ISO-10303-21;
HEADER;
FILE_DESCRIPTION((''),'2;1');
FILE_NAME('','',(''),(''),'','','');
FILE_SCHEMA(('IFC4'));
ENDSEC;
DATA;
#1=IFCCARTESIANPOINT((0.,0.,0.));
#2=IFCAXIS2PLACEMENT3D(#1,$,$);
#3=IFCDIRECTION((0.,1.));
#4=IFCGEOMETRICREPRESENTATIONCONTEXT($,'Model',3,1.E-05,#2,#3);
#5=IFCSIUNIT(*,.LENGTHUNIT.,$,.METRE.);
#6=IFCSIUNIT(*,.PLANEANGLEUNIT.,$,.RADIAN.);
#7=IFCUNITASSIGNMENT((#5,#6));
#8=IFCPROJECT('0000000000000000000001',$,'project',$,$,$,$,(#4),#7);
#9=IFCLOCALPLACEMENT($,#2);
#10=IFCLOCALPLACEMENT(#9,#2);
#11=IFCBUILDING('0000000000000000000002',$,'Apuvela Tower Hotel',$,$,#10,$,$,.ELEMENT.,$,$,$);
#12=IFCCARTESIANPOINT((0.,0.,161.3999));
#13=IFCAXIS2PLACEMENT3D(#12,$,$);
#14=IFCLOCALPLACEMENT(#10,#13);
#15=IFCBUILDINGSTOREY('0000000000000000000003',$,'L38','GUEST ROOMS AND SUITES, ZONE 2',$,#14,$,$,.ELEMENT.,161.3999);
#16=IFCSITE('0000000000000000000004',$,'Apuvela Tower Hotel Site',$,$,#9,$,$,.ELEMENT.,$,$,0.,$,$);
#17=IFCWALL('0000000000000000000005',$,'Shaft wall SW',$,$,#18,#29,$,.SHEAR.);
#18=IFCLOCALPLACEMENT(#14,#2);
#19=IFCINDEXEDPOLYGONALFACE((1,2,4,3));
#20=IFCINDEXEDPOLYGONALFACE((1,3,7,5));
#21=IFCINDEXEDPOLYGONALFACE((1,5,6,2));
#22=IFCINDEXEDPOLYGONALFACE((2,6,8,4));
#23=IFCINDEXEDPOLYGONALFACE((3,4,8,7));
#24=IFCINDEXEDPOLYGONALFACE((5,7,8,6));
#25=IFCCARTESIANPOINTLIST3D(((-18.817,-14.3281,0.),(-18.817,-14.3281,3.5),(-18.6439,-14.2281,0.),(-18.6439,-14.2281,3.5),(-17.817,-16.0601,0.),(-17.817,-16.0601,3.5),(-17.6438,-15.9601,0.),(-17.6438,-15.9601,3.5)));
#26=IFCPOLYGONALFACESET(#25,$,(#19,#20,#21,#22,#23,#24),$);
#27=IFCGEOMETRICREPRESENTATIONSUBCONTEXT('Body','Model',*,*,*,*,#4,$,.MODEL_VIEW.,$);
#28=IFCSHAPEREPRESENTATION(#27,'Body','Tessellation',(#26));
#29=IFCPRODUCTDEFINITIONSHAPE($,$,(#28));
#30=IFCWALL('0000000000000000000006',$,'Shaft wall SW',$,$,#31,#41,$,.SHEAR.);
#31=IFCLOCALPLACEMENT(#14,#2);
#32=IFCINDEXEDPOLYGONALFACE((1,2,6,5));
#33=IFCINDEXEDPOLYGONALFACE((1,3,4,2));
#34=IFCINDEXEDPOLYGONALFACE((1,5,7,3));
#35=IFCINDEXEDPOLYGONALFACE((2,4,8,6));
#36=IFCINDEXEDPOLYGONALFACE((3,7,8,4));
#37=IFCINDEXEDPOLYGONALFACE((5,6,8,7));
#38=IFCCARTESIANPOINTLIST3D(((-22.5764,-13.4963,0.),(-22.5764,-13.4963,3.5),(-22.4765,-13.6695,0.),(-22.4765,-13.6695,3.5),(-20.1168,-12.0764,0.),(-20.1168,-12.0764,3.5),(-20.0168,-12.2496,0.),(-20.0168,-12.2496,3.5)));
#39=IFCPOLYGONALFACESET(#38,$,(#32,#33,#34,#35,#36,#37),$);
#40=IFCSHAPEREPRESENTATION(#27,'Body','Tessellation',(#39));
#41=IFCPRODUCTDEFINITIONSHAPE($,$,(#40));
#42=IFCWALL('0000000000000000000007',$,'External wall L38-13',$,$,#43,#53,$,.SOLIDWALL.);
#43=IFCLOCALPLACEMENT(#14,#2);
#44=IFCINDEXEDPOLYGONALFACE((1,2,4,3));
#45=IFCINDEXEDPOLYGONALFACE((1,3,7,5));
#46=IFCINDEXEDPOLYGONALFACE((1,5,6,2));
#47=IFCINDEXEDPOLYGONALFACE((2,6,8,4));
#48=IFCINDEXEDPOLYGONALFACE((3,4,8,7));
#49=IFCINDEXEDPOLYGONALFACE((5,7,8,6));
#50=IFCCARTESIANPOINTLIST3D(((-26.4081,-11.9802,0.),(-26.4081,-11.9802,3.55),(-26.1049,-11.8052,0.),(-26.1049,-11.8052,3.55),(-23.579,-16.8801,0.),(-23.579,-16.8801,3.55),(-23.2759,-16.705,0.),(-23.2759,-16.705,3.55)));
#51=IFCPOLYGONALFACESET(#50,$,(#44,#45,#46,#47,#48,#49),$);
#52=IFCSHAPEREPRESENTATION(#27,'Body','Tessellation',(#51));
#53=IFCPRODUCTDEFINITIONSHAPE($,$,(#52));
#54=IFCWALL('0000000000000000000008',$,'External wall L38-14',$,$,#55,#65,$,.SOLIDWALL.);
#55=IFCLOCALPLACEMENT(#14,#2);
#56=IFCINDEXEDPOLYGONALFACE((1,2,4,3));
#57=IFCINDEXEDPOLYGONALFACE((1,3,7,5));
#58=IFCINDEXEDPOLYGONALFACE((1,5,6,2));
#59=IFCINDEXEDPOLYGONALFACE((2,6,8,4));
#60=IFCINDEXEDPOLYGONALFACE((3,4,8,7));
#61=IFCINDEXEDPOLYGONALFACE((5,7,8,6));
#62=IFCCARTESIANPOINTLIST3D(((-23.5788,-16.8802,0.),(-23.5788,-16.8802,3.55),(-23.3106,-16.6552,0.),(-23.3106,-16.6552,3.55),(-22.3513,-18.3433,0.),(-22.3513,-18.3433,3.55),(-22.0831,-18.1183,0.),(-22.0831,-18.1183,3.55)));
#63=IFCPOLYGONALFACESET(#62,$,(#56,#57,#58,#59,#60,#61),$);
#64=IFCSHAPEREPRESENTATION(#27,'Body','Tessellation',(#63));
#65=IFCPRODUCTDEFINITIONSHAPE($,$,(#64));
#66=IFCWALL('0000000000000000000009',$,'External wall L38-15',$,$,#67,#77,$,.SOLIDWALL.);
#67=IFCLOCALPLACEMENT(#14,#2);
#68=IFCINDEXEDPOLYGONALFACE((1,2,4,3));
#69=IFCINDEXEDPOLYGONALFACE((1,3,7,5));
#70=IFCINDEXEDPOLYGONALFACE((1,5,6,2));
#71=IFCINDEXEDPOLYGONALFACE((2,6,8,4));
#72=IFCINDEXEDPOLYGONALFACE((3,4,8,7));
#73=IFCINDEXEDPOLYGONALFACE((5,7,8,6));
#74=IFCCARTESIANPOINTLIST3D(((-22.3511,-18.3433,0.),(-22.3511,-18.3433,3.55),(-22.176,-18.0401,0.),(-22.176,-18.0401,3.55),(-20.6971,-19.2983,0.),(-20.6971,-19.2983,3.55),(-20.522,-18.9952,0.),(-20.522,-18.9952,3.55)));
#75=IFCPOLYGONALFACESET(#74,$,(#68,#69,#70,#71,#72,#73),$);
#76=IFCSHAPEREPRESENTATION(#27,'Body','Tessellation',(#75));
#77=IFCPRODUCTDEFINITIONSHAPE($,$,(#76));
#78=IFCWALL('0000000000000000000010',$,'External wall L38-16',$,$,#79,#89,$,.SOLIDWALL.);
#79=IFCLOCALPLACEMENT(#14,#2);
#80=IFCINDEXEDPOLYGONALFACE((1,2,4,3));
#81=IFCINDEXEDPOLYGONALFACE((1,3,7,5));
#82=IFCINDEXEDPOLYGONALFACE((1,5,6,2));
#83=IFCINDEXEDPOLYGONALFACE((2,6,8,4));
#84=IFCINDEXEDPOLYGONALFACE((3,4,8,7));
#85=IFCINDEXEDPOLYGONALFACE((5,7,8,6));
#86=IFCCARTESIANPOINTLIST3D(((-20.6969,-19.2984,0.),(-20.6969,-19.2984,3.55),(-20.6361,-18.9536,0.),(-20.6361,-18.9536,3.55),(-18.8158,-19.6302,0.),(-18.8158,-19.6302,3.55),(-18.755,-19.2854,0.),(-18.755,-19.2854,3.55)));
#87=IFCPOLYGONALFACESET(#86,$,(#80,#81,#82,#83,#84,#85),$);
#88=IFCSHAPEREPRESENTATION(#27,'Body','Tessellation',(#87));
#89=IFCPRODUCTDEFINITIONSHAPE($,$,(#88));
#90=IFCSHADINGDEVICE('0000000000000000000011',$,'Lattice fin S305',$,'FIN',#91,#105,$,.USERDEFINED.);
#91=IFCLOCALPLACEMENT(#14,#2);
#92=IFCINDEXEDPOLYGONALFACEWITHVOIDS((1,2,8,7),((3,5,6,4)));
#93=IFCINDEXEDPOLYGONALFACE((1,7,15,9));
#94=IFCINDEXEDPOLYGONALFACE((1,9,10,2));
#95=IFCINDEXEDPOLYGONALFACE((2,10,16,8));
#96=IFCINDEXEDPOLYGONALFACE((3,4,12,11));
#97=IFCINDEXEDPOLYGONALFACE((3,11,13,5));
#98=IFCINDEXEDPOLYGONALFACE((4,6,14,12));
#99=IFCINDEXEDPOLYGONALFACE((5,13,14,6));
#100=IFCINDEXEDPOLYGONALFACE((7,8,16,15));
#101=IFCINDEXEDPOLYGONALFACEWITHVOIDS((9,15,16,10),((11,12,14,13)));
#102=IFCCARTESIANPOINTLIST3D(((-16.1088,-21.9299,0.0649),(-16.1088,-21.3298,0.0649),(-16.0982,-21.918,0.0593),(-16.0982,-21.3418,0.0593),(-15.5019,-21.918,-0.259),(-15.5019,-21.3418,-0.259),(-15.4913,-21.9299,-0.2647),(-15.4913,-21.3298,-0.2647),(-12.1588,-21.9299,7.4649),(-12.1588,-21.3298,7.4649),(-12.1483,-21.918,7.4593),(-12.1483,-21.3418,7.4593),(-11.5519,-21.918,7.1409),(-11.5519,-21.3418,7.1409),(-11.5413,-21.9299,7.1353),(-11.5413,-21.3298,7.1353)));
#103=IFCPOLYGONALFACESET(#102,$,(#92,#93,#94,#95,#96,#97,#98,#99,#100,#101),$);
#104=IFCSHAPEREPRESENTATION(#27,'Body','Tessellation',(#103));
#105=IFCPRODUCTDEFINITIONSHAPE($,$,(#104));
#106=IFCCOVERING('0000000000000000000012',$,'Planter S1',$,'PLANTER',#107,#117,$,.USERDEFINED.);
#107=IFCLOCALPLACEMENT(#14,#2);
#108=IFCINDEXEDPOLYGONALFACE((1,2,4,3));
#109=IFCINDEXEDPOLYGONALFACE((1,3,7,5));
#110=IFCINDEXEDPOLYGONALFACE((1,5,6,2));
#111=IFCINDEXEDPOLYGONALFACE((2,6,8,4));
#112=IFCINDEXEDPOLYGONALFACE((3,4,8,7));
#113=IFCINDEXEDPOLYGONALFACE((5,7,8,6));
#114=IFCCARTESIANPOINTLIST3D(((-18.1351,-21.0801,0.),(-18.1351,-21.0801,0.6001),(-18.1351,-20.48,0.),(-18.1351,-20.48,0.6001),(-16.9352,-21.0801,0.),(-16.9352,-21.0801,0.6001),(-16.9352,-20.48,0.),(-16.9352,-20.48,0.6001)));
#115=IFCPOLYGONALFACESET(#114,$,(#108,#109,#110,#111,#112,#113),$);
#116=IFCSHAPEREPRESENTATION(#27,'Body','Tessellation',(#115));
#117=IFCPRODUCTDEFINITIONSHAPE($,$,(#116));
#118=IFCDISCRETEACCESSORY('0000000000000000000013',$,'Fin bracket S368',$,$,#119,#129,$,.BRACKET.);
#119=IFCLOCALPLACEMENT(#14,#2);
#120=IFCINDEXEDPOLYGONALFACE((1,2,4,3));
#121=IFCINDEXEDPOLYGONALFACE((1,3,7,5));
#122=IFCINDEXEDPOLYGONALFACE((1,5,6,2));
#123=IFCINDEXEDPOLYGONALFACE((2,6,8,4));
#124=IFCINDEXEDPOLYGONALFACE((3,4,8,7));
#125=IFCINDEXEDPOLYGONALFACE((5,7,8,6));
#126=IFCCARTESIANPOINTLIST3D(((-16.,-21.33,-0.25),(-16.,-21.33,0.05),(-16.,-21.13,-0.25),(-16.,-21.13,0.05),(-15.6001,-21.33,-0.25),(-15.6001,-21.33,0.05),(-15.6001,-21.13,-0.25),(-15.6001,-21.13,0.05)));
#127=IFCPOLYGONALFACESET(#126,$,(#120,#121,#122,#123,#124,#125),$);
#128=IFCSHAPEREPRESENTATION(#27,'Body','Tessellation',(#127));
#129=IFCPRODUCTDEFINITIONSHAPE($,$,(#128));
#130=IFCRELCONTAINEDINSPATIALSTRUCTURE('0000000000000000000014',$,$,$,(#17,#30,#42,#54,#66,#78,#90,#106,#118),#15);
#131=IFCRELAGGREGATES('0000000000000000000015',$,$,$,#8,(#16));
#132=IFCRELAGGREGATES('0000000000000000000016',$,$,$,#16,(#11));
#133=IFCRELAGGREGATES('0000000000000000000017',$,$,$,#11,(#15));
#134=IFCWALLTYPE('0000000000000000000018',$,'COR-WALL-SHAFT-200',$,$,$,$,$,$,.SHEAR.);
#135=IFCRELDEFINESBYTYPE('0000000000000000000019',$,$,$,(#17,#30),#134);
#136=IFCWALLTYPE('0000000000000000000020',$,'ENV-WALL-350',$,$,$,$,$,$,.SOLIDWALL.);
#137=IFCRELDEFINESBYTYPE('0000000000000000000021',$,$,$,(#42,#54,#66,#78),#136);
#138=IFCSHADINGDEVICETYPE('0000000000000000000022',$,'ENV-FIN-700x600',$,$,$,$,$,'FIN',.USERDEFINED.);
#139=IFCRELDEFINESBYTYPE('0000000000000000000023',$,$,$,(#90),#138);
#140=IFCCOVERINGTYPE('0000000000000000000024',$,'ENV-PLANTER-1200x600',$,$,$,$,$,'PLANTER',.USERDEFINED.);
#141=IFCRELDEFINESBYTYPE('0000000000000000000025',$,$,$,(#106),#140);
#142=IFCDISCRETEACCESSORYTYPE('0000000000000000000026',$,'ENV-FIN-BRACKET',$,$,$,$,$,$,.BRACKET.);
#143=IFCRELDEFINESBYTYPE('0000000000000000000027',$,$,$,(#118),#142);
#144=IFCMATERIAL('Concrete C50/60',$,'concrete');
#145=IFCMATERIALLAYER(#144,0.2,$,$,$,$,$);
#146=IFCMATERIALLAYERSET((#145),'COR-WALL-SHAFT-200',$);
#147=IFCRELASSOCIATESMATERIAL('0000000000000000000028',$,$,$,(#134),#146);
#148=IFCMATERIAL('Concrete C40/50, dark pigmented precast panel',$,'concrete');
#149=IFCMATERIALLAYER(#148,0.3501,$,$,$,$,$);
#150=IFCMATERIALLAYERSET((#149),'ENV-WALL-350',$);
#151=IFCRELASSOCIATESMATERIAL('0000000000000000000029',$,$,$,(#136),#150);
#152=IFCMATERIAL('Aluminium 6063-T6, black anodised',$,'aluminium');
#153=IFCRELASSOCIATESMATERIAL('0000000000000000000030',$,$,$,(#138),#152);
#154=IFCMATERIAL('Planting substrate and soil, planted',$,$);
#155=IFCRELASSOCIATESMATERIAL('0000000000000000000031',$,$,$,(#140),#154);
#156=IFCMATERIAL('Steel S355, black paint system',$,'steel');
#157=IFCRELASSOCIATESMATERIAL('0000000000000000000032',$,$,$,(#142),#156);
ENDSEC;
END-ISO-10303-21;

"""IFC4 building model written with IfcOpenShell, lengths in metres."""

from ifc_helpers import new_model, si_unit, direction, frame, frame_2d, origin, origin_2d, place, context, subcontext, project, spatial, rectangle, hollow_rectangle, extrude, material, layer, layer_set, material_profile, profile_set, type_object, element, save


model = new_model("IFC4")

# Units and contexts
model_context = context("Model", 3, precision=1e-05, world=origin(), true_north=direction((0.0, 1.0)))
body_context = subcontext(model_context, "Body", "Model", "MODEL_VIEW")
ifc_project = project(units=[si_unit("LENGTHUNIT", "METRE"), si_unit("PLANEANGLEUNIT", "RADIAN")], contexts=[model_context])

# Site, building, storey
site_placement = place(None, origin())
site = spatial("IfcSite", under=ifc_project, at=site_placement, Name="Apuvela Tower Hotel Site", CompositionType="ELEMENT", RefElevation=0.0)
building_placement = place(site_placement, origin())
building = spatial("IfcBuilding", under=site, at=building_placement, Name="Apuvela Tower Hotel", CompositionType="ELEMENT")
storey_placement = place(building_placement, frame((0.0, 0.0, 161.3999)))
storey = spatial("IfcBuildingStorey", under=building, at=storey_placement, Name="L38", Description="GUEST ROOMS AND SUITES, ZONE 2", CompositionType="ELEMENT", Elevation=161.3999)

# Shared definitions
ifc_material_1 = material(Name="Concrete C50/60", Category="concrete")
ifc_layer_1 = layer(ifc_material_1, 0.2)
ifc_layer_set_1 = layer_set([ifc_layer_1], Name="COR-WALL-SHAFT-200")
wall_type_1 = type_object("IfcWallType", Name="COR-WALL-SHAFT-200", PredefinedType="SHEAR", material=ifc_layer_set_1)

# Walls
for number, where, z_axis, x_axis, name in (
    (1, (-18.7305, -14.2781, 0.0), (0.0, 0.0, 1.0), (0.500025, -0.866011, 0.0), "Shaft wall SW"),
):
    element("IfcWall", number, at=place(storey_placement, frame(where, z_axis=z_axis, x_axis=x_axis)), inside=storey, type_object=wall_type_1, Name=name, PredefinedType="SHEAR", context=body_context, shape_type="SweptSolid", body=[
        extrude(rectangle(XDim=2.0, YDim=0.2, at=frame_2d((1.0, 0.0))), origin(), (0.0, 0.0, 1.0), 3.5),
    ])
wall_1_placement = place(storey_placement, frame((-20.0669, -12.1631, 0.0), z_axis=(0.0, 0.0, 1.0), x_axis=(-0.866055, -0.499948, 0.0)))
element("IfcWall", 2, at=wall_1_placement, inside=storey, type_object=wall_type_1, Name="Shaft wall SW", PredefinedType="SHEAR", context=body_context, shape_type="SweptSolid", body=[
    extrude(rectangle(XDim=2.8401, YDim=0.2, at=frame_2d((1.4199, 0.0))), origin(), (0.0, 0.0, 1.0), 3.5),
])
ifc_material_2 = material(Name="Concrete C40/50, dark pigmented precast panel", Category="concrete")
ifc_layer_2 = layer(ifc_material_2, 0.3501)
ifc_layer_set_2 = layer_set([ifc_layer_2], Name="ENV-WALL-350")
wall_type_2 = type_object("IfcWallType", Name="ENV-WALL-350", PredefinedType="SOLIDWALL", material=ifc_layer_set_2)
wall_2_placement = place(storey_placement, frame((-26.2566, -11.8926, 0.0), z_axis=(0.0, 0.0, 1.0), x_axis=(0.500019, -0.866015, 0.0)))
element("IfcWall", 3, at=wall_2_placement, inside=storey, type_object=wall_type_2, Name="External wall L38-13", PredefinedType="SOLIDWALL", context=body_context, shape_type="SweptSolid", body=[
    extrude(rectangle(XDim=5.658, YDim=0.3501, at=frame_2d((2.8291, 0.0))), origin(), (0.0, 0.0, 1.0), 3.55),
])
for number, where, z_axis, x_axis, name in (
    (4, (-23.4448, -16.7676, 0.0), (0.0, 0.0, 1.0), (0.642733, -0.76609, 0.0), "External wall L38-14"),
    (5, (-22.2637, -18.1917, 0.0), (0.0, 0.0, 1.0), (0.866, -0.500043, 0.0), "External wall L38-15"),
):
    element("IfcWall", number, at=place(storey_placement, frame(where, z_axis=z_axis, x_axis=x_axis)), inside=storey, type_object=wall_type_2, Name=name, PredefinedType="SOLIDWALL", context=body_context, shape_type="SweptSolid", body=[
        extrude(rectangle(XDim=1.9099, YDim=0.3501, at=frame_2d((0.9551, 0.0))), origin(), (0.0, 0.0, 1.0), 3.55),
    ])
wall_3_placement = place(storey_placement, frame((-20.6665, -19.126, 0.0), z_axis=(0.0, 0.0, 1.0), x_axis=(0.984799, -0.173698, 0.0)))
element("IfcWall", 6, at=wall_3_placement, inside=storey, type_object=wall_type_2, Name="External wall L38-16", PredefinedType="SOLIDWALL", context=body_context, shape_type="SweptSolid", body=[
    extrude(rectangle(XDim=1.9102, YDim=0.3501, at=frame_2d((0.9551, 0.0))), origin(), (0.0, 0.0, 1.0), 3.55),
])

# Shading device
ifc_material_3 = material(Name="Aluminium 6063-T6, black anodised", Category="aluminium")
ifc_material_profile_1 = material_profile(ifc_material_3, hollow_rectangle(XDim=0.6001, YDim=0.7, WallThickness=0.012, at=origin_2d()), Name="AL BOX 700x600x12")
ifc_profile_set_1 = profile_set([ifc_material_profile_1], Name="Aluminium 6063-T6, black anodised")
shading_device_type = type_object("IfcShadingDeviceType", Name="ENV-FIN-700x600", ElementType="FIN", PredefinedType="USERDEFINED", material=ifc_profile_set_1)
shading_device_placement = place(storey_placement, frame((-15.8, -21.6299, -0.0999), z_axis=(0.470898, 0.0, 0.882188), x_axis=(0.0, 1.0, 0.0)))
element("IfcShadingDevice", 7, at=shading_device_placement, inside=storey, type_object=shading_device_type, Name="Lattice fin S305", ObjectType="FIN", PredefinedType="USERDEFINED", context=body_context, shape_type="SweptSolid", body=[
    extrude(hollow_rectangle(XDim=0.6001, YDim=0.7, WallThickness=0.012, at=origin_2d()), origin(), (0.0, 0.0, 1.0), 8.3882),
])

# Covering
ifc_material_4 = material(Name="Planting substrate and soil, planted")
covering_type = type_object("IfcCoveringType", Name="ENV-PLANTER-1200x600", ElementType="PLANTER", PredefinedType="USERDEFINED", material=ifc_material_4)
covering_placement = place(storey_placement, frame((-17.5352, -20.78, 0.0), z_axis=(0.0, 0.0, 1.0), x_axis=(1.0, 0.0, 0.0)))
element("IfcCovering", 8, at=covering_placement, inside=storey, type_object=covering_type, Name="Planter S1", ObjectType="PLANTER", PredefinedType="USERDEFINED", context=body_context, shape_type="SweptSolid", body=[
    extrude(rectangle(XDim=1.2, YDim=0.6001, at=origin_2d()), origin(), (0.0, 0.0, 1.0), 0.6001),
])

# Discrete accessory
ifc_material_5 = material(Name="Steel S355, black paint system", Category="steel")
discrete_accessory_type = type_object("IfcDiscreteAccessoryType", Name="ENV-FIN-BRACKET", PredefinedType="BRACKET", material=ifc_material_5)
discrete_accessory_placement = place(storey_placement, frame((-15.8, -21.23, -0.25), z_axis=(0.0, 0.0, 1.0), x_axis=(1.0, 0.0, 0.0)))
element("IfcDiscreteAccessory", 9, at=discrete_accessory_placement, inside=storey, type_object=discrete_accessory_type, Name="Fin bracket S368", PredefinedType="BRACKET", context=body_context, shape_type="SweptSolid", body=[
    extrude(rectangle(XDim=0.3999, YDim=0.2, at=origin_2d()), origin(), (0.0, 0.0, 1.0), 0.3),
])

save(model, "model.ifc")
